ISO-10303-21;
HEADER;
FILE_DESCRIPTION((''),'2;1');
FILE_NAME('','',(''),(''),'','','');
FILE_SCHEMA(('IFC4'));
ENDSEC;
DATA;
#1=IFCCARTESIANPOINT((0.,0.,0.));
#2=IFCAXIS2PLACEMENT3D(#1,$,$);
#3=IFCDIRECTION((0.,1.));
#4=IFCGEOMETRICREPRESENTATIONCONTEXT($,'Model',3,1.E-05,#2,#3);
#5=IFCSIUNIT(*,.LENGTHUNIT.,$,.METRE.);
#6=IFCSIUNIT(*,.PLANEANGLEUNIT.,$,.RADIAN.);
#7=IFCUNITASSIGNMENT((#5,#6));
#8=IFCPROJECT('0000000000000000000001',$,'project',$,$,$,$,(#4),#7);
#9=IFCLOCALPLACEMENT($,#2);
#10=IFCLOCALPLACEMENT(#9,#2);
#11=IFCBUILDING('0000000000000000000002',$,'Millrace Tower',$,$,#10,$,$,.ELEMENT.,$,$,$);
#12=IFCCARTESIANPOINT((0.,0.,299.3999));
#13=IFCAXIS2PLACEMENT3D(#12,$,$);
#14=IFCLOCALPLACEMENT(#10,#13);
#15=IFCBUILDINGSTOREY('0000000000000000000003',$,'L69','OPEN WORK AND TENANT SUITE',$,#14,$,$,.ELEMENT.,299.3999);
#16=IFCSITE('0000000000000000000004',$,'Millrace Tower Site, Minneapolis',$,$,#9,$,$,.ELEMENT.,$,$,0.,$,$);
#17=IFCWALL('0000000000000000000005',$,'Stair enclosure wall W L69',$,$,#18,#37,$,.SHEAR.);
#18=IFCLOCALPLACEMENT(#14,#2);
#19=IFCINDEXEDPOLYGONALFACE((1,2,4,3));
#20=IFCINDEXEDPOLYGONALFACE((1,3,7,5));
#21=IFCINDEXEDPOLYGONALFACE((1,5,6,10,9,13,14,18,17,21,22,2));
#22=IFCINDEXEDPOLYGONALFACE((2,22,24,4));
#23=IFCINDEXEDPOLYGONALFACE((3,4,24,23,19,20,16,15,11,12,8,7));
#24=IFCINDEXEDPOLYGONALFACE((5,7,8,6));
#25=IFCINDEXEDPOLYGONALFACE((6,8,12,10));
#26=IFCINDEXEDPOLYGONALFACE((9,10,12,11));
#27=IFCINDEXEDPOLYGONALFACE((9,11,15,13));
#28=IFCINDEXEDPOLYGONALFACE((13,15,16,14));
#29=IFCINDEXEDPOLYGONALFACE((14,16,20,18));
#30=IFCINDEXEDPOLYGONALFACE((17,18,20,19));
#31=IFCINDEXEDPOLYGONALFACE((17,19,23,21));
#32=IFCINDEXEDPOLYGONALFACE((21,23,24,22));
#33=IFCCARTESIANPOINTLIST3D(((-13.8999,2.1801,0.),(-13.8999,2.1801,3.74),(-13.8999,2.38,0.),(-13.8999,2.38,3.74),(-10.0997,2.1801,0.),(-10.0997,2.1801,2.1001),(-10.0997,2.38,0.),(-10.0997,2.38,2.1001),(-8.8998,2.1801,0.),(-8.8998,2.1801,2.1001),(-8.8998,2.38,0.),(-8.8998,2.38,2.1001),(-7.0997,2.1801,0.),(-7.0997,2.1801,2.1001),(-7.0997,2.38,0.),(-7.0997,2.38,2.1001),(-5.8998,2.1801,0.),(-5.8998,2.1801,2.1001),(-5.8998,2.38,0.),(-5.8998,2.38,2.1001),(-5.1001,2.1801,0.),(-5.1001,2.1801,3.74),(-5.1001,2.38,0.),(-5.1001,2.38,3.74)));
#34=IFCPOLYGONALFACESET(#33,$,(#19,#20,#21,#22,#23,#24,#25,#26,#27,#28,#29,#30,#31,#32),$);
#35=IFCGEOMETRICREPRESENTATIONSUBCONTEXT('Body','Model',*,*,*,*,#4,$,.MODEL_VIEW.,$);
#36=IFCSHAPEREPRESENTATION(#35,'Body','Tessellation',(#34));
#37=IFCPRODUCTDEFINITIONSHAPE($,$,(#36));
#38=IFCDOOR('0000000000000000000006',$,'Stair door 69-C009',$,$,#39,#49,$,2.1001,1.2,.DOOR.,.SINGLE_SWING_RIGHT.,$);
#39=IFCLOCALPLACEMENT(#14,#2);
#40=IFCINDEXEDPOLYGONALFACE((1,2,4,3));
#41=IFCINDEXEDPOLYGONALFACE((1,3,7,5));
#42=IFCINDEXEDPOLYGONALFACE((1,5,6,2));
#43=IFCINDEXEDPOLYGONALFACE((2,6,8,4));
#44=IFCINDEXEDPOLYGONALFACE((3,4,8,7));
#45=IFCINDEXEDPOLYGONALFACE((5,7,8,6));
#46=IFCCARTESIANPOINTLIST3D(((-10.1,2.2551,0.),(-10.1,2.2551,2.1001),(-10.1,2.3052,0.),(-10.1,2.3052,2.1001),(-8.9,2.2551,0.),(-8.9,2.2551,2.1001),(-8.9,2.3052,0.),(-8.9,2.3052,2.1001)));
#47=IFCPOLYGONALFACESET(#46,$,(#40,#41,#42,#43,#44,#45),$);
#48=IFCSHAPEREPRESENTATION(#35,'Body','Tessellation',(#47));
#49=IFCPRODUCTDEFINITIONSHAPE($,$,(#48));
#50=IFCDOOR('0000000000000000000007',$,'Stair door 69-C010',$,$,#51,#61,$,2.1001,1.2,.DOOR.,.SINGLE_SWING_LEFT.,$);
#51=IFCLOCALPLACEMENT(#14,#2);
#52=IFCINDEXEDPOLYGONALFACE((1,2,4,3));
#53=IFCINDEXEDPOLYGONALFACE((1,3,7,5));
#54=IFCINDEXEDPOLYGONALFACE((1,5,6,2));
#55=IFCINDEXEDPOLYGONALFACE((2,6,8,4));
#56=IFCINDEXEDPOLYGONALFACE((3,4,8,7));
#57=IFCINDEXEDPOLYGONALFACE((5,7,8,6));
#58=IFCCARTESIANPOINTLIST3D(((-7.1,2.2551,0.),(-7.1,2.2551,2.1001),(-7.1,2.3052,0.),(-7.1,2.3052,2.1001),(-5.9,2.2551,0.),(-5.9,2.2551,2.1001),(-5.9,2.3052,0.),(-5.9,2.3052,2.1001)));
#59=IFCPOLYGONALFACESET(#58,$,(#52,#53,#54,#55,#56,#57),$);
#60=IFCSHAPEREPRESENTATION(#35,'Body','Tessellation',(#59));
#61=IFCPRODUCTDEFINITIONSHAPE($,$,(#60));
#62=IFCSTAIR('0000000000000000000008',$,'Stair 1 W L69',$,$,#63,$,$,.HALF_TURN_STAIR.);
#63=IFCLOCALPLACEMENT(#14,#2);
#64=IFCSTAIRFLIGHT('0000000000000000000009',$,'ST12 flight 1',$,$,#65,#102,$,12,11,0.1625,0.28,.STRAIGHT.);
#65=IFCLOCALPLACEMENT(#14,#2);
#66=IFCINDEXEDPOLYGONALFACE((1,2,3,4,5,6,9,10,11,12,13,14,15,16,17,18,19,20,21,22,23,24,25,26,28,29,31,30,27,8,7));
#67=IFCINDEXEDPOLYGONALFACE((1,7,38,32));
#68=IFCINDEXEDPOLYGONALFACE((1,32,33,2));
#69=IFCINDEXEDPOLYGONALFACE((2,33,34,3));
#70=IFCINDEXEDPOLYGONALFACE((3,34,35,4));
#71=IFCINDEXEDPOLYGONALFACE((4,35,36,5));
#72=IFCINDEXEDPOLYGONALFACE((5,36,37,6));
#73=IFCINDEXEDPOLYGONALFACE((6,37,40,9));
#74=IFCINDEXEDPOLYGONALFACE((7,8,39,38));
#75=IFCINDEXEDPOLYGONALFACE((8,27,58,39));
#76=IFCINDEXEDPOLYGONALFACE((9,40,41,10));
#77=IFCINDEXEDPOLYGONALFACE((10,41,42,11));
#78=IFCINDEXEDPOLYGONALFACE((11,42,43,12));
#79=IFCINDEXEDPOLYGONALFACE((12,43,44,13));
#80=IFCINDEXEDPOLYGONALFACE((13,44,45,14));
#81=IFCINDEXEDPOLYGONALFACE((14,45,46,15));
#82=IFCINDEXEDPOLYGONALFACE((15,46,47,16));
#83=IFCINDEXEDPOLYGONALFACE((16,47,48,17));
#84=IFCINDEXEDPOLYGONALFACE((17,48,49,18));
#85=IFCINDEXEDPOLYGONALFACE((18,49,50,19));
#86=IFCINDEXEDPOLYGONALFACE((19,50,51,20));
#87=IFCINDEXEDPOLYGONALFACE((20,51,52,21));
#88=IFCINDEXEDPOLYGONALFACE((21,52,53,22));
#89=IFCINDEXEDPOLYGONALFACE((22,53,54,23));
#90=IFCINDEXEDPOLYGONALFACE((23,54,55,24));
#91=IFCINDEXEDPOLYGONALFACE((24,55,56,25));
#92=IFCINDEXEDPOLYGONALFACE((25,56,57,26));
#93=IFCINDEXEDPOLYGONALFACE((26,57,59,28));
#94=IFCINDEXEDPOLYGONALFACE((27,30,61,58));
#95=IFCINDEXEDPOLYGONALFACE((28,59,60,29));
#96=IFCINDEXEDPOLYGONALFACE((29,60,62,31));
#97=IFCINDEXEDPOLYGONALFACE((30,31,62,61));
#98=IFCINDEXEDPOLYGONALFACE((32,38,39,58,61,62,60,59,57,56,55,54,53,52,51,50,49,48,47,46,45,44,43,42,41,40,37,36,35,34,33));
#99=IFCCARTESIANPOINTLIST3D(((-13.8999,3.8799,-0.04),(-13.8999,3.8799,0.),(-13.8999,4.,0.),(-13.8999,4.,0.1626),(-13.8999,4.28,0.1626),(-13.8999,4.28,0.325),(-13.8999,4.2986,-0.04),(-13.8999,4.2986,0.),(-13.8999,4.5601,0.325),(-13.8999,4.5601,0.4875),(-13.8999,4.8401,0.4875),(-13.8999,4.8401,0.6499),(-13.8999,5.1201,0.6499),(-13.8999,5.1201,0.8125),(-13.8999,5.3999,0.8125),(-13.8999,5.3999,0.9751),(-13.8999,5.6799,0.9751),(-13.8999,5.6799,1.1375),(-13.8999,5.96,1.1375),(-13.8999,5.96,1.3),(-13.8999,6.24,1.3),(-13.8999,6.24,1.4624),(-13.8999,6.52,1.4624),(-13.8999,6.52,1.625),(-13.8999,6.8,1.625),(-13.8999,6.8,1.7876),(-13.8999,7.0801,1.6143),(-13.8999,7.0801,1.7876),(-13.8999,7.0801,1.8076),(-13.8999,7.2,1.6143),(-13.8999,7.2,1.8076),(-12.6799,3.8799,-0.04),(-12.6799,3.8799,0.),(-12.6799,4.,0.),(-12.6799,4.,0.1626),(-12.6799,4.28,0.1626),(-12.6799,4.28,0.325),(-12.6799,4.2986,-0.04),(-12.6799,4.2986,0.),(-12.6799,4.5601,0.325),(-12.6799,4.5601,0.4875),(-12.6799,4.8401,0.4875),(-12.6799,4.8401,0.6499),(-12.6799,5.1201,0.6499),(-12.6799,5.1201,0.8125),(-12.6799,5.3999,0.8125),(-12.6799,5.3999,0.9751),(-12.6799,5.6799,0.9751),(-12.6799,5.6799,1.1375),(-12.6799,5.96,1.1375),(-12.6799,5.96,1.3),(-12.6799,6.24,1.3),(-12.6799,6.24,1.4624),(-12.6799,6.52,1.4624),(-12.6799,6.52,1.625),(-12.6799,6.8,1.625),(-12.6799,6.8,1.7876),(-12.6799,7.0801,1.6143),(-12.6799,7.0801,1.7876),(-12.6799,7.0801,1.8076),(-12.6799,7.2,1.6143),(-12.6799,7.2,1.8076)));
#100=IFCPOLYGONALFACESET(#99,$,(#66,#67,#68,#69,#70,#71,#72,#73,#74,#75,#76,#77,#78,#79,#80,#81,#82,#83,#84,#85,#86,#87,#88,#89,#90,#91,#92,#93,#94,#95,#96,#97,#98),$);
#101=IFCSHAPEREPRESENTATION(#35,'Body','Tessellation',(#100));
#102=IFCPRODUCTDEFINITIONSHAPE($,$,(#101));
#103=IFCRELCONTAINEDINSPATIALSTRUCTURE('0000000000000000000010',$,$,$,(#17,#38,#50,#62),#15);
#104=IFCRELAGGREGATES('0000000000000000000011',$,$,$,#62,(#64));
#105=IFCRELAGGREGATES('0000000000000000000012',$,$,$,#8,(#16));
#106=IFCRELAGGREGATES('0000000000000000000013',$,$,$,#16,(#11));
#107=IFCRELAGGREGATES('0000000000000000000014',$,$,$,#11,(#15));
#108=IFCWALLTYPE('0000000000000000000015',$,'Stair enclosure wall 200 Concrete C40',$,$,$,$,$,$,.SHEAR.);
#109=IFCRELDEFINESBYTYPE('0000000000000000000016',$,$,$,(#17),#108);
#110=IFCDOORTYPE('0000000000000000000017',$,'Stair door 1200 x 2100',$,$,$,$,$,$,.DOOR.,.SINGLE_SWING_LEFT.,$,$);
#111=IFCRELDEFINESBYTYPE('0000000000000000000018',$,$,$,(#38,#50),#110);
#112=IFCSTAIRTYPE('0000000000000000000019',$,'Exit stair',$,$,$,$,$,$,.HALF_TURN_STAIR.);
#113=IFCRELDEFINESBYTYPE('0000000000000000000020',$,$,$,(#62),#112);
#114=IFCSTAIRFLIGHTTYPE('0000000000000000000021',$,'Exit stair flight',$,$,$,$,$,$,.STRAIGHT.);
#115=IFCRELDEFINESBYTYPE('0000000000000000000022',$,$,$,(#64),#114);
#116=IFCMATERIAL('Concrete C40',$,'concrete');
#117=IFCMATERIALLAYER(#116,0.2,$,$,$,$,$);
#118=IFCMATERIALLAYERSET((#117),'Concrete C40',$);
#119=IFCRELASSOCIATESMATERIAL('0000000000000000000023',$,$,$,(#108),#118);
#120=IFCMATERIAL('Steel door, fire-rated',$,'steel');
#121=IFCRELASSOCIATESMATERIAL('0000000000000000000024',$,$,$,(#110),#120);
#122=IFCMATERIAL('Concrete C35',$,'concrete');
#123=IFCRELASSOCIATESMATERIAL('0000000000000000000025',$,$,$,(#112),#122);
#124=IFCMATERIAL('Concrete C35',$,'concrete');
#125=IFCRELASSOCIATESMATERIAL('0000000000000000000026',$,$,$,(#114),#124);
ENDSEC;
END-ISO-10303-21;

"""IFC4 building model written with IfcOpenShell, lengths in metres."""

from ifc_helpers import new_model, si_unit, direction, frame, frame_2d, origin, place, context, subcontext, project, spatial, polyline, rectangle, outline, extrude, material, layer, layer_set, type_object, element, fill, aggregate, save


model = new_model("IFC4")

# Units and contexts
model_context = context("Model", 3, precision=1e-05, world=origin(), true_north=direction((0.0, 1.0)))
body_context = subcontext(model_context, "Body", "Model", "MODEL_VIEW")
ifc_project = project(units=[si_unit("LENGTHUNIT", "METRE"), si_unit("PLANEANGLEUNIT", "RADIAN")], contexts=[model_context])

# Site, building, storey
site_placement = place(None, origin())
site = spatial("IfcSite", under=ifc_project, at=site_placement, Name="Millrace Tower Site, Minneapolis", CompositionType="ELEMENT", RefElevation=0.0)
building_placement = place(site_placement, origin())
building = spatial("IfcBuilding", under=site, at=building_placement, Name="Millrace Tower", CompositionType="ELEMENT")
storey_placement = place(building_placement, frame((0.0, 0.0, 299.3999)))
storey = spatial("IfcBuildingStorey", under=building, at=storey_placement, Name="L69", Description="OPEN WORK AND TENANT SUITE", CompositionType="ELEMENT", Elevation=299.3999)

# Shared definitions
placement = place(storey_placement, origin())

# Shared definitions
ifc_material_1 = material(Name="Concrete C40", Category="concrete")
ifc_layer_1 = layer(ifc_material_1, 0.2)
ifc_layer_set_1 = layer_set([ifc_layer_1], Name="Concrete C40")
wall_type_1 = type_object("IfcWallType", Name="Stair enclosure wall 200 Concrete C40", PredefinedType="SHEAR", material=ifc_layer_set_1)

# Wall, openings, doors
wall_1_placement = place(storey_placement, frame((-13.8999, 2.28, 0.0), z_axis=(0.0, 0.0, 1.0), x_axis=(1.0, 0.0, 0.0)))
wall_1 = element("IfcWall", 1, at=wall_1_placement, inside=storey, type_object=wall_type_1, Name="Stair enclosure wall W L69", PredefinedType="SHEAR", context=body_context, shape_type="SweptSolid", body=[
    extrude(rectangle(XDim=8.7998, YDim=0.2, at=frame_2d((4.3999, 0.0))), origin(), (0.0, 0.0, 1.0), 3.74),
])
opening_1_placement = place(wall_1_placement, frame((3.8, 0.0, 0.0)))
opening_1 = element("IfcOpeningElement", 2, at=opening_1_placement, cuts=wall_1, PredefinedType="OPENING", context=body_context, shape_type="SweptSolid", body=[
    extrude(rectangle(XDim=1.2, YDim=2.1001, at=frame_2d((0.6001, 1.05))), frame((0.0, 0.1099, 0.0), z_axis=(0.0, -1.0, 0.0), x_axis=(1.0, 0.0, 0.0)), (0.0, 0.0, 1.0), 0.22),
])
opening_2_placement = place(wall_1_placement, frame((6.8, 0.0, 0.0)))
opening_2 = element("IfcOpeningElement", 3, at=opening_2_placement, cuts=wall_1, PredefinedType="OPENING", context=body_context, shape_type="SweptSolid", body=[
    extrude(rectangle(XDim=1.2, YDim=2.1001, at=frame_2d((0.6001, 1.05))), frame((0.0, 0.1099, 0.0), z_axis=(0.0, -1.0, 0.0), x_axis=(1.0, 0.0, 0.0)), (0.0, 0.0, 1.0), 0.22),
])
ifc_material_2 = material(Name="Steel door, fire-rated", Category="steel")
door_type_1 = type_object("IfcDoorType", Name="Stair door 1200 x 2100", OperationType="SINGLE_SWING_LEFT", PredefinedType="DOOR", material=ifc_material_2)
door_1_placement = place(opening_1_placement, frame((1.2, 0.0, 0.0), z_axis=(0.0, 0.0, 1.0), x_axis=(-1.0, 0.0, 0.0)))
door_1 = element("IfcDoor", 4, at=door_1_placement, inside=storey, type_object=door_type_1, Name="Stair door 69-C009", OperationType="SINGLE_SWING_RIGHT", OverallHeight=2.1001, OverallWidth=1.2, PredefinedType="DOOR", context=body_context, shape_type="SweptSolid", body=[
    extrude(rectangle(XDim=1.2, YDim=2.1001, at=frame_2d((0.6001, 1.05))), frame((0.0, 0.0249, 0.0), z_axis=(0.0, -1.0, 0.0), x_axis=(1.0, 0.0, 0.0)), (0.0, 0.0, 1.0), 0.05),
])
fill(opening_1, door_1)
door_2_placement = place(opening_2_placement, frame((1.2, 0.0, 0.0), z_axis=(0.0, 0.0, 1.0), x_axis=(-1.0, 0.0, 0.0)))
door_2 = element("IfcDoor", 5, at=door_2_placement, inside=storey, type_object=door_type_1, Name="Stair door 69-C010", OperationType="SINGLE_SWING_LEFT", OverallHeight=2.1001, OverallWidth=1.2, PredefinedType="DOOR", context=body_context, shape_type="SweptSolid", body=[
    extrude(rectangle(XDim=1.2, YDim=2.1001, at=frame_2d((0.6001, 1.05))), frame((0.0, 0.0249, 0.0), z_axis=(0.0, -1.0, 0.0), x_axis=(1.0, 0.0, 0.0)), (0.0, 0.0, 1.0), 0.05),
])
fill(opening_2, door_2)

# Stair, stair flight
ifc_material_3 = material(Name="Concrete C35", Category="concrete")
stair_type = type_object("IfcStairType", Name="Exit stair", PredefinedType="HALF_TURN_STAIR", material=ifc_material_3)
stair = element("IfcStair", 6, at=placement, inside=storey, type_object=stair_type, Name="Stair 1 W L69", PredefinedType="HALF_TURN_STAIR")
ifc_material_4 = material(Name="Concrete C35", Category="concrete")
stair_flight_type = type_object("IfcStairFlightType", Name="Exit stair flight", PredefinedType="STRAIGHT", material=ifc_material_4)
stair_flight_placement = place(storey_placement, frame((-13.29, 4.0, 0.0), z_axis=(0.0, 0.0, 1.0), x_axis=(0.0, 1.0, 0.0)))
stair_flight = element("IfcStairFlight", 7, at=stair_flight_placement, type_object=stair_flight_type, Name="ST12 flight 1", NumberOfRisers=12, NumberOfTreads=11, PredefinedType="STRAIGHT", RiserHeight=0.1625, TreadLength=0.28, context=body_context, shape_type="SweptSolid", body=[
    extrude(outline(polyline([(-0.1201, -0.04), (-0.1201, 0.0), (0.0, 0.0), (0.0, 0.1626), (0.28, 0.1626), (0.28, 0.325), (0.5601, 0.325), (0.5601, 0.4875), (0.8401, 0.4875), (0.8401, 0.6499), (1.1201, 0.6499), (1.1201, 0.8125), (1.3999, 0.8125), (1.3999, 0.9751), (1.6799, 0.9751), (1.6799, 1.1375), (1.96, 1.1375), (1.96, 1.3), (2.24, 1.3), (2.24, 1.4624), (2.52, 1.4624), (2.52, 1.625), (2.8, 1.625), (2.8, 1.7876), (3.0801, 1.7876), (3.0801, 1.8076), (3.2, 1.8076), (3.2, 1.6143), (3.0801, 1.6143), (0.2986, 0.0), (0.2986, -0.04), (-0.1201, -0.04)])), frame((0.0, 0.6099, 0.0), z_axis=(0.0, -1.0, 0.0), x_axis=(1.0, 0.0, 0.0)), (0.0, 0.0, 1.0), 1.22),
])
aggregate(stair, [stair_flight])

save(model, "model.ifc")
